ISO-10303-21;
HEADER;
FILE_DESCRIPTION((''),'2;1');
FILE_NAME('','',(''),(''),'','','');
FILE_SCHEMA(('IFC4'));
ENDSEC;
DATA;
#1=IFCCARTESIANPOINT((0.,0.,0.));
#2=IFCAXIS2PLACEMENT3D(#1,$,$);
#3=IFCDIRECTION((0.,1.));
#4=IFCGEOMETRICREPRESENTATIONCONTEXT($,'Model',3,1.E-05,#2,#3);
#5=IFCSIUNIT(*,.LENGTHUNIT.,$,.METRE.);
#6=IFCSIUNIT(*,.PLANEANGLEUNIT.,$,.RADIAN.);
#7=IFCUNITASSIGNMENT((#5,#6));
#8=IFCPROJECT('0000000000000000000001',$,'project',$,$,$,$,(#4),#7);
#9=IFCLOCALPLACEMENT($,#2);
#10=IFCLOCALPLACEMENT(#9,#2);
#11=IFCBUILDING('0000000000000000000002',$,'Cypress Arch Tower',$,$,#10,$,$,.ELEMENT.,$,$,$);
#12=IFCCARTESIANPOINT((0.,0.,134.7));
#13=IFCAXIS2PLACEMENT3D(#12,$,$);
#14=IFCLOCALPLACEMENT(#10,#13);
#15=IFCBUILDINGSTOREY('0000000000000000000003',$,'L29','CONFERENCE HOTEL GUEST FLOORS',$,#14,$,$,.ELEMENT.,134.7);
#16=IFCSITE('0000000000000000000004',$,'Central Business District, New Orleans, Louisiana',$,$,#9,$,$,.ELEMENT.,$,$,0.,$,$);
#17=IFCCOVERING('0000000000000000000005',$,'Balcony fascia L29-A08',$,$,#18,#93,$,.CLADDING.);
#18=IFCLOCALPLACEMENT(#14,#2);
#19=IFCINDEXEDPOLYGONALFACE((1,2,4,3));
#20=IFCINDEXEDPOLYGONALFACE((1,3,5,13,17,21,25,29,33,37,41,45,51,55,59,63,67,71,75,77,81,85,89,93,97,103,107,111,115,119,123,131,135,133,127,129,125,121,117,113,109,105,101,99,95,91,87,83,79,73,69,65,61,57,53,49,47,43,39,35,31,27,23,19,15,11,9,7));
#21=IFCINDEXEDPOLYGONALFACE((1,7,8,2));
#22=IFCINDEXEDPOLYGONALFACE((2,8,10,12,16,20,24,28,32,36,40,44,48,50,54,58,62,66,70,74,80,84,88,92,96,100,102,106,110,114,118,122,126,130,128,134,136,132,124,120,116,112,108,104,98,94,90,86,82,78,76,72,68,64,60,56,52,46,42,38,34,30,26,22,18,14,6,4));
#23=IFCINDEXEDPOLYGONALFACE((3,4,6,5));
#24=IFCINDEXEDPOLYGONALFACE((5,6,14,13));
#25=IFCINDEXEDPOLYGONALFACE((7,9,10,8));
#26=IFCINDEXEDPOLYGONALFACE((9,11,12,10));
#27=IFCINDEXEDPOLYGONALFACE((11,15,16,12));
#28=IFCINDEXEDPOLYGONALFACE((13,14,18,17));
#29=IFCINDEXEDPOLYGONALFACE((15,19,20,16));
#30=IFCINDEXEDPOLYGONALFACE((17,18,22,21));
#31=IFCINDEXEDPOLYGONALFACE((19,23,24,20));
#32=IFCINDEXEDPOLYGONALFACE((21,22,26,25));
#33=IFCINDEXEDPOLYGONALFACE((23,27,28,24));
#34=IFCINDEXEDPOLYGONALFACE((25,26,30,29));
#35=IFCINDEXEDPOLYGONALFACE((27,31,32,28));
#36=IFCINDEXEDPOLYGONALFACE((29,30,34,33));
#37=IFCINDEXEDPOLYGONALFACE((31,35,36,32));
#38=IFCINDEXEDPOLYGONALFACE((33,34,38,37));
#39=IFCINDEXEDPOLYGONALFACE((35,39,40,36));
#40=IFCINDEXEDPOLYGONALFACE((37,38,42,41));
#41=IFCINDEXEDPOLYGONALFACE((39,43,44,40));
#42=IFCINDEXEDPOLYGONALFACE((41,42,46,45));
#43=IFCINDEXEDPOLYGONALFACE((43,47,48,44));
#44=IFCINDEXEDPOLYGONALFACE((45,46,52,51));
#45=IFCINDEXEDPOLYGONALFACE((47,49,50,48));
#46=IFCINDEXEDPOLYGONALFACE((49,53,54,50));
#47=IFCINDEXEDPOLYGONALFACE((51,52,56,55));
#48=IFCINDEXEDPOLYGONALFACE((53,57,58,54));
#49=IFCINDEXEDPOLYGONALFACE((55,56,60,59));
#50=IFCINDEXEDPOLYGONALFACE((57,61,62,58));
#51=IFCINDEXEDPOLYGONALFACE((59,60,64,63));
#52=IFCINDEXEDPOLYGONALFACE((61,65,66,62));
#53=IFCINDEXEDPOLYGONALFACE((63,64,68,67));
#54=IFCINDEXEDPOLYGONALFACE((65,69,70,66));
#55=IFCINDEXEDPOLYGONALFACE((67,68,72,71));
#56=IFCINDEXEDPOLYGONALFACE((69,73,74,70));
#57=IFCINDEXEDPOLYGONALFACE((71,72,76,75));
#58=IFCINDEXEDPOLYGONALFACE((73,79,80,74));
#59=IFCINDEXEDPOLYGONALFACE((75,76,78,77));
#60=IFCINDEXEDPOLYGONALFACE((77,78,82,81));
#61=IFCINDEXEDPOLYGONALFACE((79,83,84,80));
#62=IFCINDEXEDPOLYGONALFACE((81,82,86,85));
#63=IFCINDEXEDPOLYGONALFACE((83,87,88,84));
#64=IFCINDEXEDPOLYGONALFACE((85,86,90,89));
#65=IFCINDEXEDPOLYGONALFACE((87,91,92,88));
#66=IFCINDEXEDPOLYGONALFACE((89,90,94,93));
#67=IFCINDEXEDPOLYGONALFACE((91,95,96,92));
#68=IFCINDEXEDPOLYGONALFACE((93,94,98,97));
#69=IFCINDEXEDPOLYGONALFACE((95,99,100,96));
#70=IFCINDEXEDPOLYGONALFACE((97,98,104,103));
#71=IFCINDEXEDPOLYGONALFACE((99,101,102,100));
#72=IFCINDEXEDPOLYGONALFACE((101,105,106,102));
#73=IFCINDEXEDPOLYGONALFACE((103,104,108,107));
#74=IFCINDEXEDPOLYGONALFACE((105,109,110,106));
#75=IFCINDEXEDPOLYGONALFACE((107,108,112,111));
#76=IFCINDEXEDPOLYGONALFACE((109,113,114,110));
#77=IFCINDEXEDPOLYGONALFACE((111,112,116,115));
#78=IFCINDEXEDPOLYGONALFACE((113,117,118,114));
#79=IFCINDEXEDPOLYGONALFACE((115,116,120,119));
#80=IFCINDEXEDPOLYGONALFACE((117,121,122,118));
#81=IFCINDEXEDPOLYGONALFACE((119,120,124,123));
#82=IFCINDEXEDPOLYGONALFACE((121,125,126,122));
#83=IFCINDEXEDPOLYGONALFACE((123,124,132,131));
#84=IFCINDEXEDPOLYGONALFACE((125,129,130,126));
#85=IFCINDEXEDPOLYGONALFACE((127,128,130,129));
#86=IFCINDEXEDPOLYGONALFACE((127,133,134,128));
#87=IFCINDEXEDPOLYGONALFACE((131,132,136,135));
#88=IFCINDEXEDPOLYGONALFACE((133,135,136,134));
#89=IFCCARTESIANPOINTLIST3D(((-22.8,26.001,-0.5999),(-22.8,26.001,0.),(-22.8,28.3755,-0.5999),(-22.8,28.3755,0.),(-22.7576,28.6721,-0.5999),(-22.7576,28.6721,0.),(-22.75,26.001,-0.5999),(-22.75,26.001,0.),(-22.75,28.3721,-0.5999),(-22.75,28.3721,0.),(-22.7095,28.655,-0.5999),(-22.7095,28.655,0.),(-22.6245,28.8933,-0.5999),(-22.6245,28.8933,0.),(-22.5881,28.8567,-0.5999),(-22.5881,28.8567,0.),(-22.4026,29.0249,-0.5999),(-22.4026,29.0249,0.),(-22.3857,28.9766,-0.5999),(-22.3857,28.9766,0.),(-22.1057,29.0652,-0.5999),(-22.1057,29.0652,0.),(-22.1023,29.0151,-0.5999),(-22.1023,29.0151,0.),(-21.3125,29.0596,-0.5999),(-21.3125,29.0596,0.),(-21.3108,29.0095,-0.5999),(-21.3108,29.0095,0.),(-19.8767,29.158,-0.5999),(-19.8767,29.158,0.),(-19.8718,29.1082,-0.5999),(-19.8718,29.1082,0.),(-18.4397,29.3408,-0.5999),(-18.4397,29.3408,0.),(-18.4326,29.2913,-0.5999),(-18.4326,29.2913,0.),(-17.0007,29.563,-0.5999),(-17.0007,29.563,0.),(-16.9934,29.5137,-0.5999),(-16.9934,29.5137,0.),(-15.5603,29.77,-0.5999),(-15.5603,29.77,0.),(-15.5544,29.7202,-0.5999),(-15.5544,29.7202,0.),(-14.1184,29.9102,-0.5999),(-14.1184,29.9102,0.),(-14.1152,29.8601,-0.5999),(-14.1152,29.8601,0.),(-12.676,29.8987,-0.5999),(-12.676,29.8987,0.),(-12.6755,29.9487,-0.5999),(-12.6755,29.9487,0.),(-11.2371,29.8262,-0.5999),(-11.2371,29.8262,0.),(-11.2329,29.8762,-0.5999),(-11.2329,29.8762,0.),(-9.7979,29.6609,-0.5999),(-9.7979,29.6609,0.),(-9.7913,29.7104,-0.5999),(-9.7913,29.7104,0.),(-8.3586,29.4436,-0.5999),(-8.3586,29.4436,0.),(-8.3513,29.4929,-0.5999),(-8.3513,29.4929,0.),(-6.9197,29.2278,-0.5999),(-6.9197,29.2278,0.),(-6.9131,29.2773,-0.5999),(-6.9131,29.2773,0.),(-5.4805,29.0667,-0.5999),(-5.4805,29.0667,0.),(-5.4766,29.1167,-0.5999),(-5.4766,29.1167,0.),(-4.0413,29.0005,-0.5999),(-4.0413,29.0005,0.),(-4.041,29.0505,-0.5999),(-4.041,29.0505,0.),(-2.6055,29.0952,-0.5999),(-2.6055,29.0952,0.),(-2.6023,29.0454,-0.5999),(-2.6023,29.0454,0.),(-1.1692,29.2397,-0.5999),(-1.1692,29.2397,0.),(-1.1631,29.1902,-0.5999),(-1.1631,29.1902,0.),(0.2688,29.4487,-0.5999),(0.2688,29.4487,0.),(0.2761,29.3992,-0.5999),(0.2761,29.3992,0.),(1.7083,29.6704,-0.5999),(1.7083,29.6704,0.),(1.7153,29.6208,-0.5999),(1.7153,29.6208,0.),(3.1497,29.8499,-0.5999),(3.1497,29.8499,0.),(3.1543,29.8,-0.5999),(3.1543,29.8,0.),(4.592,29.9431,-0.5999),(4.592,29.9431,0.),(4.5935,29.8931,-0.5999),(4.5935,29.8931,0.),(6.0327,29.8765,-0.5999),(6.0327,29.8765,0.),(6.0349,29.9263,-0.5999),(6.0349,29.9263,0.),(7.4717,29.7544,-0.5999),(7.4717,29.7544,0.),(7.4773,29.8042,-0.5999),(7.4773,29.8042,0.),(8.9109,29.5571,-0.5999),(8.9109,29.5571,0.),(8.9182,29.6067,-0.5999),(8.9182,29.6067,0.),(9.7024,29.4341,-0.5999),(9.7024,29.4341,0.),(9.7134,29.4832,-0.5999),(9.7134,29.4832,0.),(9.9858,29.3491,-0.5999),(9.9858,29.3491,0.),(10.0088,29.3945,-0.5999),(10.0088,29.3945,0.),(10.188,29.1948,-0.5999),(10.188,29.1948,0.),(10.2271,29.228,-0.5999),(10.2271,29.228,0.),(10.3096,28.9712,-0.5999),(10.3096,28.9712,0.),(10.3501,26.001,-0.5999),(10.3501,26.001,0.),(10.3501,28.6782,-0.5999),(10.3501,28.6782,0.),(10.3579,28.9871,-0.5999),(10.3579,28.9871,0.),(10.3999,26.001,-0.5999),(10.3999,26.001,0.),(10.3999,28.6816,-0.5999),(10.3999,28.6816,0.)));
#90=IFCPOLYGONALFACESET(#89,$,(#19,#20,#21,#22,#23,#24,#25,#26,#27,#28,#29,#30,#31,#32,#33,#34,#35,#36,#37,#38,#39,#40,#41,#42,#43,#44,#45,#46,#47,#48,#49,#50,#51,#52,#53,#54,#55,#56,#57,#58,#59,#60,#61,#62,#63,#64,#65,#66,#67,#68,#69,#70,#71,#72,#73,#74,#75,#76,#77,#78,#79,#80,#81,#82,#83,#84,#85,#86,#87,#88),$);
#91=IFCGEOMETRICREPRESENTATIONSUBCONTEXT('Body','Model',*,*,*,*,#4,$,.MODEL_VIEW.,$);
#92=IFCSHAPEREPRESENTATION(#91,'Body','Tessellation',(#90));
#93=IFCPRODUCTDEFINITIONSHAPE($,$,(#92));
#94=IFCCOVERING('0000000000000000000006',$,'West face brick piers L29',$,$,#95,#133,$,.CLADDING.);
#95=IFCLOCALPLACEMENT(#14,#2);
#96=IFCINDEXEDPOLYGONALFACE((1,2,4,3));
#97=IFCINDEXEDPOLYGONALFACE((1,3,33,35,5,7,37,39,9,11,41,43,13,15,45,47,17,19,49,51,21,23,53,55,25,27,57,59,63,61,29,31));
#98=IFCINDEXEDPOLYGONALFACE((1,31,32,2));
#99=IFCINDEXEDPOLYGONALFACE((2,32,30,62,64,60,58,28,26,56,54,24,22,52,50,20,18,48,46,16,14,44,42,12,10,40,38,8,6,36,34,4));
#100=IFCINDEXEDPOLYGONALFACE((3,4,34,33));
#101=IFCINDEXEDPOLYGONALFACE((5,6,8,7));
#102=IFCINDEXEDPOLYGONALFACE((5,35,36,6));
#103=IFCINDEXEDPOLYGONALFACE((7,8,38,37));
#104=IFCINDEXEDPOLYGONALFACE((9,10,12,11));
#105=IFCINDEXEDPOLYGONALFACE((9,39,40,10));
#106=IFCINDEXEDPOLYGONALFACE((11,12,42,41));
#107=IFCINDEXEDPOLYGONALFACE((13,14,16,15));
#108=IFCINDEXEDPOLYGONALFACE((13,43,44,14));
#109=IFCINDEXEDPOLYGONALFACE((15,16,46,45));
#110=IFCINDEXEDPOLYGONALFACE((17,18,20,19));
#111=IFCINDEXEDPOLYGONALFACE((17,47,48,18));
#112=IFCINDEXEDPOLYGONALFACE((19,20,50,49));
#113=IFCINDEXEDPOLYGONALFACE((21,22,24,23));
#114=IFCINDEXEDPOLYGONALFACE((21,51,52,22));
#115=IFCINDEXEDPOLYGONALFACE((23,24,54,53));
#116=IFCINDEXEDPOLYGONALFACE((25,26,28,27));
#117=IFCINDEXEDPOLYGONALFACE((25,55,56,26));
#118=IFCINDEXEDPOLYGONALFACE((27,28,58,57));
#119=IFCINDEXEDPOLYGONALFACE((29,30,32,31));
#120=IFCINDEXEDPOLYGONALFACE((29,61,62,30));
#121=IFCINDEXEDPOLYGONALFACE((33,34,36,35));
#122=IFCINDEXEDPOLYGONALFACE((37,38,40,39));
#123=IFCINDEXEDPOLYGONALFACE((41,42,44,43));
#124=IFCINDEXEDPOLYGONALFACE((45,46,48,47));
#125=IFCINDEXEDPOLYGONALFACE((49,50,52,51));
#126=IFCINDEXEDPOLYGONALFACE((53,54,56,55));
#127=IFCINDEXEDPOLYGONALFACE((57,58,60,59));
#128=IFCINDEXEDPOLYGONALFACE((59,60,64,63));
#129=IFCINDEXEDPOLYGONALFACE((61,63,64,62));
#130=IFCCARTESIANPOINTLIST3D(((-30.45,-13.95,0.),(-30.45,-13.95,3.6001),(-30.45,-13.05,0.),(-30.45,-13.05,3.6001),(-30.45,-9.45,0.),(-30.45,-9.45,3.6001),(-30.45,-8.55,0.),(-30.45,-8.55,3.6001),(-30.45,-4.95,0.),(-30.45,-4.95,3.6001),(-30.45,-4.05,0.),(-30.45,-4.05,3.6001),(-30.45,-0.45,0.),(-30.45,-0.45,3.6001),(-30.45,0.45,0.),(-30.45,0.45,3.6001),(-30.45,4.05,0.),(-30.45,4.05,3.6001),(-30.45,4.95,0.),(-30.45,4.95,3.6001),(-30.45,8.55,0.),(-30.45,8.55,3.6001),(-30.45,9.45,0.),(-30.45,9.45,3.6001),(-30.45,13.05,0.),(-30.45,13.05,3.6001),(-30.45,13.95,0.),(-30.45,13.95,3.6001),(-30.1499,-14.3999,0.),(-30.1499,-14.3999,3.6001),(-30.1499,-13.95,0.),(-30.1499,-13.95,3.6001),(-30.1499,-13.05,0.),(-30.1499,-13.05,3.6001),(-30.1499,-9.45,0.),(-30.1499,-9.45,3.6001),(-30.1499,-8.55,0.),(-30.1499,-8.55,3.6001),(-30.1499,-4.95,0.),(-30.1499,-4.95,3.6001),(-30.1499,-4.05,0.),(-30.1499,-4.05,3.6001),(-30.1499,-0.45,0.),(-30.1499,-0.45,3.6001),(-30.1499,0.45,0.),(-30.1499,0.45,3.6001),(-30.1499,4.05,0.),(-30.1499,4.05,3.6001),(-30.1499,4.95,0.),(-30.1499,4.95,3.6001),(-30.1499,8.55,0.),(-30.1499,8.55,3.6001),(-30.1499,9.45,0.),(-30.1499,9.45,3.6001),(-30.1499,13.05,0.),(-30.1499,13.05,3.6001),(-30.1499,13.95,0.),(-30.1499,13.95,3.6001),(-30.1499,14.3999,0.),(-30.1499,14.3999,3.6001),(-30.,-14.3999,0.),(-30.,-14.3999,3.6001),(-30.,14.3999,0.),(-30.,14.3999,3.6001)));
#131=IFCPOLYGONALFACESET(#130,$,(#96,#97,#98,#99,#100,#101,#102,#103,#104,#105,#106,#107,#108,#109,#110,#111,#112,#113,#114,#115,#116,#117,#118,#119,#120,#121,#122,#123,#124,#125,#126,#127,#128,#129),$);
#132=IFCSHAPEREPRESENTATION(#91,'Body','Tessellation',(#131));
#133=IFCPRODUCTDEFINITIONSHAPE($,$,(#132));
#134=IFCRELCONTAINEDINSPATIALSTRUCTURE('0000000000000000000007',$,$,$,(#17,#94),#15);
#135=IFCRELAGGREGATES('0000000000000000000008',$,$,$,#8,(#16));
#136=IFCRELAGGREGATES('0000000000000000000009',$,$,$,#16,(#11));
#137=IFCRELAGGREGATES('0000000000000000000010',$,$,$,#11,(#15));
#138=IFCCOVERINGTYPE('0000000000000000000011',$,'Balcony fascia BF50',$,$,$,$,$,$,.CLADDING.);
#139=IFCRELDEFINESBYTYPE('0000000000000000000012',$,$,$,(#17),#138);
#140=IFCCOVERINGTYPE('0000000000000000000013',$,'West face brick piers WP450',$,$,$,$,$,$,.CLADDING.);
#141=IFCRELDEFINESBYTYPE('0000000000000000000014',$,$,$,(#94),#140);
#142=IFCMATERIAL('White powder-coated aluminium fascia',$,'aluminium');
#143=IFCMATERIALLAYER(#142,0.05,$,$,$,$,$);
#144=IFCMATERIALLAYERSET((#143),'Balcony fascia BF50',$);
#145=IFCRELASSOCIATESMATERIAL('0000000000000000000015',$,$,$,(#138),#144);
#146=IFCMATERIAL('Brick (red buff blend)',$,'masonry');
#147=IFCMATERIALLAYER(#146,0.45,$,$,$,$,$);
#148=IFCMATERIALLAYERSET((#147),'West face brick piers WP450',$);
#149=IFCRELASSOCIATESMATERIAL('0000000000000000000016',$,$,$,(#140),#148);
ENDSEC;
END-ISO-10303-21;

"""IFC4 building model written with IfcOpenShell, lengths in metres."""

from ifc_helpers import new_model, si_unit, direction, frame, origin, place, context, subcontext, project, spatial, polyline, outline, extrude, material, layer, layer_set, type_object, element, save


model = new_model("IFC4")

# Units and contexts
model_context = context("Model", 3, precision=1e-05, world=origin(), true_north=direction((0.0, 1.0)))
body_context = subcontext(model_context, "Body", "Model", "MODEL_VIEW")
ifc_project = project(units=[si_unit("LENGTHUNIT", "METRE"), si_unit("PLANEANGLEUNIT", "RADIAN")], contexts=[model_context])

# Site, building, storey
site_placement = place(None, origin())
site = spatial("IfcSite", under=ifc_project, at=site_placement, Name="Central Business District, New Orleans, Louisiana", CompositionType="ELEMENT", RefElevation=0.0)
building_placement = place(site_placement, origin())
building = spatial("IfcBuilding", under=site, at=building_placement, Name="Cypress Arch Tower", CompositionType="ELEMENT")
storey_placement = place(building_placement, frame((0.0, 0.0, 134.7)))
storey = spatial("IfcBuildingStorey", under=building, at=storey_placement, Name="L29", Description="CONFERENCE HOTEL GUEST FLOORS", CompositionType="ELEMENT", Elevation=134.7)

# Coverings
ifc_material_1 = material(Name="White powder-coated aluminium fascia", Category="aluminium")
ifc_layer_1 = layer(ifc_material_1, 0.05)
ifc_layer_set_1 = layer_set([ifc_layer_1], Name="Balcony fascia BF50")
covering_type_1 = type_object("IfcCoveringType", Name="Balcony fascia BF50", PredefinedType="CLADDING", material=ifc_layer_set_1)
covering_1_placement = place(storey_placement, frame((0.0, 0.0, -0.5999)))
element("IfcCovering", 1, at=covering_1_placement, inside=storey, type_object=covering_type_1, Name="Balcony fascia L29-A08", PredefinedType="CLADDING", context=body_context, shape_type="SweptSolid", body=[
    extrude(outline(polyline([(-22.8, 28.3755), (-22.7576, 28.6721), (-22.6245, 28.8933), (-22.4026, 29.0249), (-22.1057, 29.0652), (-21.3125, 29.0596), (-19.8767, 29.158), (-18.4397, 29.3408), (-17.0007, 29.563), (-15.5603, 29.77), (-14.1184, 29.9102), (-12.6755, 29.9487), (-11.2329, 29.8762), (-9.7913, 29.7104), (-8.3513, 29.4929), (-6.9131, 29.2773), (-5.4766, 29.1167), (-4.041, 29.0505), (-2.6055, 29.0952), (-1.1692, 29.2397), (0.2688, 29.4487), (1.7083, 29.6704), (3.1497, 29.8499), (4.592, 29.9431), (6.0349, 29.9263), (7.4773, 29.8042), (8.9182, 29.6067), (9.7134, 29.4832), (10.0088, 29.3945), (10.2271, 29.228), (10.3579, 28.9871), (10.3999, 28.6816), (10.3999, 26.001), (10.3501, 26.001), (10.3501, 28.6782), (10.3096, 28.9712), (10.188, 29.1948), (9.9858, 29.3491), (9.7024, 29.4341), (8.9109, 29.5571), (7.4717, 29.7544), (6.0327, 29.8765), (4.5935, 29.8931), (3.1543, 29.8), (1.7153, 29.6208), (0.2761, 29.3992), (-1.1631, 29.1902), (-2.6023, 29.0454), (-4.0413, 29.0005), (-5.4805, 29.0667), (-6.9197, 29.2278), (-8.3586, 29.4436), (-9.7979, 29.6609), (-11.2371, 29.8262), (-12.676, 29.8987), (-14.1152, 29.8601), (-15.5544, 29.7202), (-16.9934, 29.5137), (-18.4326, 29.2913), (-19.8718, 29.1082), (-21.3108, 29.0095), (-22.1023, 29.0151), (-22.3857, 28.9766), (-22.5881, 28.8567), (-22.7095, 28.655), (-22.75, 28.3721), (-22.75, 26.001), (-22.8, 26.001), (-22.8, 28.3755)])), origin(), (0.0, 0.0, 1.0), 0.5999),
])
ifc_material_2 = material(Name="Brick (red buff blend)", Category="masonry")
ifc_layer_2 = layer(ifc_material_2, 0.45)
ifc_layer_set_2 = layer_set([ifc_layer_2], Name="West face brick piers WP450")
covering_type_2 = type_object("IfcCoveringType", Name="West face brick piers WP450", PredefinedType="CLADDING", material=ifc_layer_set_2)
covering_2_placement = place(storey_placement, origin())
element("IfcCovering", 2, at=covering_2_placement, inside=storey, type_object=covering_type_2, Name="West face brick piers L29", PredefinedType="CLADDING", context=body_context, shape_type="SweptSolid", body=[
    extrude(outline(polyline([(-30.1499, -13.05), (-30.1499, -9.45), (-30.45, -9.45), (-30.45, -8.55), (-30.1499, -8.55), (-30.1499, -4.95), (-30.45, -4.95), (-30.45, -4.05), (-30.1499, -4.05), (-30.1499, -0.45), (-30.45, -0.45), (-30.45, 0.45), (-30.1499, 0.45), (-30.1499, 4.05), (-30.45, 4.05), (-30.45, 4.95), (-30.1499, 4.95), (-30.1499, 8.55), (-30.45, 8.55), (-30.45, 9.45), (-30.1499, 9.45), (-30.1499, 13.05), (-30.45, 13.05), (-30.45, 13.95), (-30.1499, 13.95), (-30.1499, 14.3999), (-30.0, 14.3999), (-30.0, -14.3999), (-30.1499, -14.3999), (-30.1499, -13.95), (-30.45, -13.95), (-30.45, -13.05), (-30.1499, -13.05)])), origin(), (0.0, 0.0, 1.0), 3.6001),
])

save(model, "model.ifc")
